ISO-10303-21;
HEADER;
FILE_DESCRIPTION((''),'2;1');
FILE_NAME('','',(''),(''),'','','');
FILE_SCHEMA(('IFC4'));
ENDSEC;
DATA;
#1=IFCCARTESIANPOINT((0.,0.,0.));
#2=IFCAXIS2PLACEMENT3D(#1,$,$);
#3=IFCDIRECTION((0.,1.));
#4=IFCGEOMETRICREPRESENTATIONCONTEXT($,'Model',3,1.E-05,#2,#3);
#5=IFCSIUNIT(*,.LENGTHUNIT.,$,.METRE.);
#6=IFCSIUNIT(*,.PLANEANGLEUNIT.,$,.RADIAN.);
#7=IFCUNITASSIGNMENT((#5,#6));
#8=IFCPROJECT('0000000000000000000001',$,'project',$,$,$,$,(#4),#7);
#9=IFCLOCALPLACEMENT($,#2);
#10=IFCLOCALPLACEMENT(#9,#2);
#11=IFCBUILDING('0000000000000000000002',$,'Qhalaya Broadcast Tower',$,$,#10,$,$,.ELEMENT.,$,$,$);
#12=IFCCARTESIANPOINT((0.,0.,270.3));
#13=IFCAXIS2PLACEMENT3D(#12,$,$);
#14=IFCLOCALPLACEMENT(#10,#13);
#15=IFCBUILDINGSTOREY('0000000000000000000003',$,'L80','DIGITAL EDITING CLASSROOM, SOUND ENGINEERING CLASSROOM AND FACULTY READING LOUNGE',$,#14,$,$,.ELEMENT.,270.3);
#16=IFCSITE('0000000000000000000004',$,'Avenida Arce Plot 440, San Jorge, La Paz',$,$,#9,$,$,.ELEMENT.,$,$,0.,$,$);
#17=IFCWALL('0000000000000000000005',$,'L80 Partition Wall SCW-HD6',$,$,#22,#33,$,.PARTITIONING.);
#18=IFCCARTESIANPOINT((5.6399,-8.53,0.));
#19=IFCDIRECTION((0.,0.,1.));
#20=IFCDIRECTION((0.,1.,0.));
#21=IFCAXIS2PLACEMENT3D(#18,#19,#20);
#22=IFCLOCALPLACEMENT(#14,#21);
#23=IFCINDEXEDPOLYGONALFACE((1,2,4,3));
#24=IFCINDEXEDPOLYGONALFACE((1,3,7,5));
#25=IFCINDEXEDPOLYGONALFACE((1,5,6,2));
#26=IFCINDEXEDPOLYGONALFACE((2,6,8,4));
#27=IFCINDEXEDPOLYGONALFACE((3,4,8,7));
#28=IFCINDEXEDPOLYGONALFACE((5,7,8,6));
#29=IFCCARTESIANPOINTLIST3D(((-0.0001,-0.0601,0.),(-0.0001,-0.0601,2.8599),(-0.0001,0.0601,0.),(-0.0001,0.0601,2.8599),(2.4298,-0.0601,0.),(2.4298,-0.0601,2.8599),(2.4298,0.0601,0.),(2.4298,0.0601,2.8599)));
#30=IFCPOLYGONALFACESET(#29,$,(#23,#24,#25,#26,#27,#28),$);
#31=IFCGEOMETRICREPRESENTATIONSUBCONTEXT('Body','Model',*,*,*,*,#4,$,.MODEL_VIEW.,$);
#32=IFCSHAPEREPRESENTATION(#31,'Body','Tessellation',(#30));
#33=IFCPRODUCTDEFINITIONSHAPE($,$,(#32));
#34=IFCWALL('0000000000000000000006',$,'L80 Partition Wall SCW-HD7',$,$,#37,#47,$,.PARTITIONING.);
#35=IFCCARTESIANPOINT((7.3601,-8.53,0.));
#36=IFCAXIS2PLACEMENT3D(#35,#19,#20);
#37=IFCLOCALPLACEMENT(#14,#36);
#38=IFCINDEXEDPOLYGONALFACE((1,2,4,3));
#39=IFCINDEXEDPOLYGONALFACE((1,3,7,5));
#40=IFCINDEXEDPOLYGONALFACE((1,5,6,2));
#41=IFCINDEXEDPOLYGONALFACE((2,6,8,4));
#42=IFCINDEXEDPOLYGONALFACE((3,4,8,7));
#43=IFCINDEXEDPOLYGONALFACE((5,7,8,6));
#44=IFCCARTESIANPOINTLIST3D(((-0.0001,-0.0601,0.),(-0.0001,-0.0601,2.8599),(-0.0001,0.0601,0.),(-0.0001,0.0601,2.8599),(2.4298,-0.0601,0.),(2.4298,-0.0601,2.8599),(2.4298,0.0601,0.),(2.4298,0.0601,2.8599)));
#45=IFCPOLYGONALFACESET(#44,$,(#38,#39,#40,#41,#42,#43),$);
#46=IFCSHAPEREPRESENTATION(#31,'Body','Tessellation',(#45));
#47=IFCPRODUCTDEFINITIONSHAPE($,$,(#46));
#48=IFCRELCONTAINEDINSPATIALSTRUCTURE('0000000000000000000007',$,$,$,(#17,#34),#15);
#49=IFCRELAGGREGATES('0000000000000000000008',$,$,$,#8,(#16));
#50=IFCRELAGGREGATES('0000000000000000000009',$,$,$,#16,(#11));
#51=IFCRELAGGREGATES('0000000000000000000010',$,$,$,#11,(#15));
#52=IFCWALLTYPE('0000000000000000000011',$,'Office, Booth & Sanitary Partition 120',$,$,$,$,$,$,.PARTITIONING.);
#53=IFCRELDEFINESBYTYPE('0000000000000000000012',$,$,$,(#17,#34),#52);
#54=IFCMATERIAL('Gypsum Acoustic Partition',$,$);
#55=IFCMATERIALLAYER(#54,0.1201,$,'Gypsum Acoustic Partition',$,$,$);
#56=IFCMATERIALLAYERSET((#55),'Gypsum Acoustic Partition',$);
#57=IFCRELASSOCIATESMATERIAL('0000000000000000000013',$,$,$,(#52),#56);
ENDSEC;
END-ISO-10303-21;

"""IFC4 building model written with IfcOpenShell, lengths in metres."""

from ifc_helpers import new_model, si_unit, direction, frame, frame_2d, origin, place, context, subcontext, project, spatial, rectangle, extrude, material, layer, layer_set, type_object, element, save


model = new_model("IFC4")

# Units and contexts
model_context = context("Model", 3, precision=1e-05, world=origin(), true_north=direction((0.0, 1.0)))
body_context = subcontext(model_context, "Body", "Model", "MODEL_VIEW")
ifc_project = project(units=[si_unit("LENGTHUNIT", "METRE"), si_unit("PLANEANGLEUNIT", "RADIAN")], contexts=[model_context])

# Site, building, storey
site_placement = place(None, origin())
site = spatial("IfcSite", under=ifc_project, at=site_placement, Name="Avenida Arce Plot 440, San Jorge, La Paz", CompositionType="ELEMENT", RefElevation=0.0)
building_placement = place(site_placement, origin())
building = spatial("IfcBuilding", under=site, at=building_placement, Name="Qhalaya Broadcast Tower", CompositionType="ELEMENT")
storey_placement = place(building_placement, frame((0.0, 0.0, 270.3)))
storey = spatial("IfcBuildingStorey", under=building, at=storey_placement, Name="L80", Description="DIGITAL EDITING CLASSROOM, SOUND ENGINEERING CLASSROOM AND FACULTY READING LOUNGE", CompositionType="ELEMENT", Elevation=270.3)

# Shared definitions
ifc_material_1 = material(Name="Gypsum Acoustic Partition")

# Walls
ifc_layer_1 = layer(ifc_material_1, 0.1201, Name="Gypsum Acoustic Partition")
ifc_layer_set_1 = layer_set([ifc_layer_1], Name="Gypsum Acoustic Partition")
wall_type_1 = type_object("IfcWallType", Name="Office, Booth & Sanitary Partition 120", PredefinedType="PARTITIONING", material=ifc_layer_set_1)
for number, where, z_axis, x_axis, name in (
    (1, (5.6399, -8.53, 0.0), (0.0, 0.0, 1.0), (0.0, 1.0, 0.0), "L80 Partition Wall SCW-HD6"),
    (2, (7.3601, -8.53, 0.0), (0.0, 0.0, 1.0), (0.0, 1.0, 0.0), "L80 Partition Wall SCW-HD7"),
):
    element("IfcWall", number, at=place(storey_placement, frame(where, z_axis=z_axis, x_axis=x_axis)), inside=storey, type_object=wall_type_1, Name=name, PredefinedType="PARTITIONING", context=body_context, shape_type="SweptSolid", body=[
        extrude(rectangle(XDim=2.4299, YDim=0.1201, at=frame_2d((1.2148, 0.0))), origin(), (0.0, 0.0, 1.0), 2.8599),
    ])

save(model, "model.ifc")
